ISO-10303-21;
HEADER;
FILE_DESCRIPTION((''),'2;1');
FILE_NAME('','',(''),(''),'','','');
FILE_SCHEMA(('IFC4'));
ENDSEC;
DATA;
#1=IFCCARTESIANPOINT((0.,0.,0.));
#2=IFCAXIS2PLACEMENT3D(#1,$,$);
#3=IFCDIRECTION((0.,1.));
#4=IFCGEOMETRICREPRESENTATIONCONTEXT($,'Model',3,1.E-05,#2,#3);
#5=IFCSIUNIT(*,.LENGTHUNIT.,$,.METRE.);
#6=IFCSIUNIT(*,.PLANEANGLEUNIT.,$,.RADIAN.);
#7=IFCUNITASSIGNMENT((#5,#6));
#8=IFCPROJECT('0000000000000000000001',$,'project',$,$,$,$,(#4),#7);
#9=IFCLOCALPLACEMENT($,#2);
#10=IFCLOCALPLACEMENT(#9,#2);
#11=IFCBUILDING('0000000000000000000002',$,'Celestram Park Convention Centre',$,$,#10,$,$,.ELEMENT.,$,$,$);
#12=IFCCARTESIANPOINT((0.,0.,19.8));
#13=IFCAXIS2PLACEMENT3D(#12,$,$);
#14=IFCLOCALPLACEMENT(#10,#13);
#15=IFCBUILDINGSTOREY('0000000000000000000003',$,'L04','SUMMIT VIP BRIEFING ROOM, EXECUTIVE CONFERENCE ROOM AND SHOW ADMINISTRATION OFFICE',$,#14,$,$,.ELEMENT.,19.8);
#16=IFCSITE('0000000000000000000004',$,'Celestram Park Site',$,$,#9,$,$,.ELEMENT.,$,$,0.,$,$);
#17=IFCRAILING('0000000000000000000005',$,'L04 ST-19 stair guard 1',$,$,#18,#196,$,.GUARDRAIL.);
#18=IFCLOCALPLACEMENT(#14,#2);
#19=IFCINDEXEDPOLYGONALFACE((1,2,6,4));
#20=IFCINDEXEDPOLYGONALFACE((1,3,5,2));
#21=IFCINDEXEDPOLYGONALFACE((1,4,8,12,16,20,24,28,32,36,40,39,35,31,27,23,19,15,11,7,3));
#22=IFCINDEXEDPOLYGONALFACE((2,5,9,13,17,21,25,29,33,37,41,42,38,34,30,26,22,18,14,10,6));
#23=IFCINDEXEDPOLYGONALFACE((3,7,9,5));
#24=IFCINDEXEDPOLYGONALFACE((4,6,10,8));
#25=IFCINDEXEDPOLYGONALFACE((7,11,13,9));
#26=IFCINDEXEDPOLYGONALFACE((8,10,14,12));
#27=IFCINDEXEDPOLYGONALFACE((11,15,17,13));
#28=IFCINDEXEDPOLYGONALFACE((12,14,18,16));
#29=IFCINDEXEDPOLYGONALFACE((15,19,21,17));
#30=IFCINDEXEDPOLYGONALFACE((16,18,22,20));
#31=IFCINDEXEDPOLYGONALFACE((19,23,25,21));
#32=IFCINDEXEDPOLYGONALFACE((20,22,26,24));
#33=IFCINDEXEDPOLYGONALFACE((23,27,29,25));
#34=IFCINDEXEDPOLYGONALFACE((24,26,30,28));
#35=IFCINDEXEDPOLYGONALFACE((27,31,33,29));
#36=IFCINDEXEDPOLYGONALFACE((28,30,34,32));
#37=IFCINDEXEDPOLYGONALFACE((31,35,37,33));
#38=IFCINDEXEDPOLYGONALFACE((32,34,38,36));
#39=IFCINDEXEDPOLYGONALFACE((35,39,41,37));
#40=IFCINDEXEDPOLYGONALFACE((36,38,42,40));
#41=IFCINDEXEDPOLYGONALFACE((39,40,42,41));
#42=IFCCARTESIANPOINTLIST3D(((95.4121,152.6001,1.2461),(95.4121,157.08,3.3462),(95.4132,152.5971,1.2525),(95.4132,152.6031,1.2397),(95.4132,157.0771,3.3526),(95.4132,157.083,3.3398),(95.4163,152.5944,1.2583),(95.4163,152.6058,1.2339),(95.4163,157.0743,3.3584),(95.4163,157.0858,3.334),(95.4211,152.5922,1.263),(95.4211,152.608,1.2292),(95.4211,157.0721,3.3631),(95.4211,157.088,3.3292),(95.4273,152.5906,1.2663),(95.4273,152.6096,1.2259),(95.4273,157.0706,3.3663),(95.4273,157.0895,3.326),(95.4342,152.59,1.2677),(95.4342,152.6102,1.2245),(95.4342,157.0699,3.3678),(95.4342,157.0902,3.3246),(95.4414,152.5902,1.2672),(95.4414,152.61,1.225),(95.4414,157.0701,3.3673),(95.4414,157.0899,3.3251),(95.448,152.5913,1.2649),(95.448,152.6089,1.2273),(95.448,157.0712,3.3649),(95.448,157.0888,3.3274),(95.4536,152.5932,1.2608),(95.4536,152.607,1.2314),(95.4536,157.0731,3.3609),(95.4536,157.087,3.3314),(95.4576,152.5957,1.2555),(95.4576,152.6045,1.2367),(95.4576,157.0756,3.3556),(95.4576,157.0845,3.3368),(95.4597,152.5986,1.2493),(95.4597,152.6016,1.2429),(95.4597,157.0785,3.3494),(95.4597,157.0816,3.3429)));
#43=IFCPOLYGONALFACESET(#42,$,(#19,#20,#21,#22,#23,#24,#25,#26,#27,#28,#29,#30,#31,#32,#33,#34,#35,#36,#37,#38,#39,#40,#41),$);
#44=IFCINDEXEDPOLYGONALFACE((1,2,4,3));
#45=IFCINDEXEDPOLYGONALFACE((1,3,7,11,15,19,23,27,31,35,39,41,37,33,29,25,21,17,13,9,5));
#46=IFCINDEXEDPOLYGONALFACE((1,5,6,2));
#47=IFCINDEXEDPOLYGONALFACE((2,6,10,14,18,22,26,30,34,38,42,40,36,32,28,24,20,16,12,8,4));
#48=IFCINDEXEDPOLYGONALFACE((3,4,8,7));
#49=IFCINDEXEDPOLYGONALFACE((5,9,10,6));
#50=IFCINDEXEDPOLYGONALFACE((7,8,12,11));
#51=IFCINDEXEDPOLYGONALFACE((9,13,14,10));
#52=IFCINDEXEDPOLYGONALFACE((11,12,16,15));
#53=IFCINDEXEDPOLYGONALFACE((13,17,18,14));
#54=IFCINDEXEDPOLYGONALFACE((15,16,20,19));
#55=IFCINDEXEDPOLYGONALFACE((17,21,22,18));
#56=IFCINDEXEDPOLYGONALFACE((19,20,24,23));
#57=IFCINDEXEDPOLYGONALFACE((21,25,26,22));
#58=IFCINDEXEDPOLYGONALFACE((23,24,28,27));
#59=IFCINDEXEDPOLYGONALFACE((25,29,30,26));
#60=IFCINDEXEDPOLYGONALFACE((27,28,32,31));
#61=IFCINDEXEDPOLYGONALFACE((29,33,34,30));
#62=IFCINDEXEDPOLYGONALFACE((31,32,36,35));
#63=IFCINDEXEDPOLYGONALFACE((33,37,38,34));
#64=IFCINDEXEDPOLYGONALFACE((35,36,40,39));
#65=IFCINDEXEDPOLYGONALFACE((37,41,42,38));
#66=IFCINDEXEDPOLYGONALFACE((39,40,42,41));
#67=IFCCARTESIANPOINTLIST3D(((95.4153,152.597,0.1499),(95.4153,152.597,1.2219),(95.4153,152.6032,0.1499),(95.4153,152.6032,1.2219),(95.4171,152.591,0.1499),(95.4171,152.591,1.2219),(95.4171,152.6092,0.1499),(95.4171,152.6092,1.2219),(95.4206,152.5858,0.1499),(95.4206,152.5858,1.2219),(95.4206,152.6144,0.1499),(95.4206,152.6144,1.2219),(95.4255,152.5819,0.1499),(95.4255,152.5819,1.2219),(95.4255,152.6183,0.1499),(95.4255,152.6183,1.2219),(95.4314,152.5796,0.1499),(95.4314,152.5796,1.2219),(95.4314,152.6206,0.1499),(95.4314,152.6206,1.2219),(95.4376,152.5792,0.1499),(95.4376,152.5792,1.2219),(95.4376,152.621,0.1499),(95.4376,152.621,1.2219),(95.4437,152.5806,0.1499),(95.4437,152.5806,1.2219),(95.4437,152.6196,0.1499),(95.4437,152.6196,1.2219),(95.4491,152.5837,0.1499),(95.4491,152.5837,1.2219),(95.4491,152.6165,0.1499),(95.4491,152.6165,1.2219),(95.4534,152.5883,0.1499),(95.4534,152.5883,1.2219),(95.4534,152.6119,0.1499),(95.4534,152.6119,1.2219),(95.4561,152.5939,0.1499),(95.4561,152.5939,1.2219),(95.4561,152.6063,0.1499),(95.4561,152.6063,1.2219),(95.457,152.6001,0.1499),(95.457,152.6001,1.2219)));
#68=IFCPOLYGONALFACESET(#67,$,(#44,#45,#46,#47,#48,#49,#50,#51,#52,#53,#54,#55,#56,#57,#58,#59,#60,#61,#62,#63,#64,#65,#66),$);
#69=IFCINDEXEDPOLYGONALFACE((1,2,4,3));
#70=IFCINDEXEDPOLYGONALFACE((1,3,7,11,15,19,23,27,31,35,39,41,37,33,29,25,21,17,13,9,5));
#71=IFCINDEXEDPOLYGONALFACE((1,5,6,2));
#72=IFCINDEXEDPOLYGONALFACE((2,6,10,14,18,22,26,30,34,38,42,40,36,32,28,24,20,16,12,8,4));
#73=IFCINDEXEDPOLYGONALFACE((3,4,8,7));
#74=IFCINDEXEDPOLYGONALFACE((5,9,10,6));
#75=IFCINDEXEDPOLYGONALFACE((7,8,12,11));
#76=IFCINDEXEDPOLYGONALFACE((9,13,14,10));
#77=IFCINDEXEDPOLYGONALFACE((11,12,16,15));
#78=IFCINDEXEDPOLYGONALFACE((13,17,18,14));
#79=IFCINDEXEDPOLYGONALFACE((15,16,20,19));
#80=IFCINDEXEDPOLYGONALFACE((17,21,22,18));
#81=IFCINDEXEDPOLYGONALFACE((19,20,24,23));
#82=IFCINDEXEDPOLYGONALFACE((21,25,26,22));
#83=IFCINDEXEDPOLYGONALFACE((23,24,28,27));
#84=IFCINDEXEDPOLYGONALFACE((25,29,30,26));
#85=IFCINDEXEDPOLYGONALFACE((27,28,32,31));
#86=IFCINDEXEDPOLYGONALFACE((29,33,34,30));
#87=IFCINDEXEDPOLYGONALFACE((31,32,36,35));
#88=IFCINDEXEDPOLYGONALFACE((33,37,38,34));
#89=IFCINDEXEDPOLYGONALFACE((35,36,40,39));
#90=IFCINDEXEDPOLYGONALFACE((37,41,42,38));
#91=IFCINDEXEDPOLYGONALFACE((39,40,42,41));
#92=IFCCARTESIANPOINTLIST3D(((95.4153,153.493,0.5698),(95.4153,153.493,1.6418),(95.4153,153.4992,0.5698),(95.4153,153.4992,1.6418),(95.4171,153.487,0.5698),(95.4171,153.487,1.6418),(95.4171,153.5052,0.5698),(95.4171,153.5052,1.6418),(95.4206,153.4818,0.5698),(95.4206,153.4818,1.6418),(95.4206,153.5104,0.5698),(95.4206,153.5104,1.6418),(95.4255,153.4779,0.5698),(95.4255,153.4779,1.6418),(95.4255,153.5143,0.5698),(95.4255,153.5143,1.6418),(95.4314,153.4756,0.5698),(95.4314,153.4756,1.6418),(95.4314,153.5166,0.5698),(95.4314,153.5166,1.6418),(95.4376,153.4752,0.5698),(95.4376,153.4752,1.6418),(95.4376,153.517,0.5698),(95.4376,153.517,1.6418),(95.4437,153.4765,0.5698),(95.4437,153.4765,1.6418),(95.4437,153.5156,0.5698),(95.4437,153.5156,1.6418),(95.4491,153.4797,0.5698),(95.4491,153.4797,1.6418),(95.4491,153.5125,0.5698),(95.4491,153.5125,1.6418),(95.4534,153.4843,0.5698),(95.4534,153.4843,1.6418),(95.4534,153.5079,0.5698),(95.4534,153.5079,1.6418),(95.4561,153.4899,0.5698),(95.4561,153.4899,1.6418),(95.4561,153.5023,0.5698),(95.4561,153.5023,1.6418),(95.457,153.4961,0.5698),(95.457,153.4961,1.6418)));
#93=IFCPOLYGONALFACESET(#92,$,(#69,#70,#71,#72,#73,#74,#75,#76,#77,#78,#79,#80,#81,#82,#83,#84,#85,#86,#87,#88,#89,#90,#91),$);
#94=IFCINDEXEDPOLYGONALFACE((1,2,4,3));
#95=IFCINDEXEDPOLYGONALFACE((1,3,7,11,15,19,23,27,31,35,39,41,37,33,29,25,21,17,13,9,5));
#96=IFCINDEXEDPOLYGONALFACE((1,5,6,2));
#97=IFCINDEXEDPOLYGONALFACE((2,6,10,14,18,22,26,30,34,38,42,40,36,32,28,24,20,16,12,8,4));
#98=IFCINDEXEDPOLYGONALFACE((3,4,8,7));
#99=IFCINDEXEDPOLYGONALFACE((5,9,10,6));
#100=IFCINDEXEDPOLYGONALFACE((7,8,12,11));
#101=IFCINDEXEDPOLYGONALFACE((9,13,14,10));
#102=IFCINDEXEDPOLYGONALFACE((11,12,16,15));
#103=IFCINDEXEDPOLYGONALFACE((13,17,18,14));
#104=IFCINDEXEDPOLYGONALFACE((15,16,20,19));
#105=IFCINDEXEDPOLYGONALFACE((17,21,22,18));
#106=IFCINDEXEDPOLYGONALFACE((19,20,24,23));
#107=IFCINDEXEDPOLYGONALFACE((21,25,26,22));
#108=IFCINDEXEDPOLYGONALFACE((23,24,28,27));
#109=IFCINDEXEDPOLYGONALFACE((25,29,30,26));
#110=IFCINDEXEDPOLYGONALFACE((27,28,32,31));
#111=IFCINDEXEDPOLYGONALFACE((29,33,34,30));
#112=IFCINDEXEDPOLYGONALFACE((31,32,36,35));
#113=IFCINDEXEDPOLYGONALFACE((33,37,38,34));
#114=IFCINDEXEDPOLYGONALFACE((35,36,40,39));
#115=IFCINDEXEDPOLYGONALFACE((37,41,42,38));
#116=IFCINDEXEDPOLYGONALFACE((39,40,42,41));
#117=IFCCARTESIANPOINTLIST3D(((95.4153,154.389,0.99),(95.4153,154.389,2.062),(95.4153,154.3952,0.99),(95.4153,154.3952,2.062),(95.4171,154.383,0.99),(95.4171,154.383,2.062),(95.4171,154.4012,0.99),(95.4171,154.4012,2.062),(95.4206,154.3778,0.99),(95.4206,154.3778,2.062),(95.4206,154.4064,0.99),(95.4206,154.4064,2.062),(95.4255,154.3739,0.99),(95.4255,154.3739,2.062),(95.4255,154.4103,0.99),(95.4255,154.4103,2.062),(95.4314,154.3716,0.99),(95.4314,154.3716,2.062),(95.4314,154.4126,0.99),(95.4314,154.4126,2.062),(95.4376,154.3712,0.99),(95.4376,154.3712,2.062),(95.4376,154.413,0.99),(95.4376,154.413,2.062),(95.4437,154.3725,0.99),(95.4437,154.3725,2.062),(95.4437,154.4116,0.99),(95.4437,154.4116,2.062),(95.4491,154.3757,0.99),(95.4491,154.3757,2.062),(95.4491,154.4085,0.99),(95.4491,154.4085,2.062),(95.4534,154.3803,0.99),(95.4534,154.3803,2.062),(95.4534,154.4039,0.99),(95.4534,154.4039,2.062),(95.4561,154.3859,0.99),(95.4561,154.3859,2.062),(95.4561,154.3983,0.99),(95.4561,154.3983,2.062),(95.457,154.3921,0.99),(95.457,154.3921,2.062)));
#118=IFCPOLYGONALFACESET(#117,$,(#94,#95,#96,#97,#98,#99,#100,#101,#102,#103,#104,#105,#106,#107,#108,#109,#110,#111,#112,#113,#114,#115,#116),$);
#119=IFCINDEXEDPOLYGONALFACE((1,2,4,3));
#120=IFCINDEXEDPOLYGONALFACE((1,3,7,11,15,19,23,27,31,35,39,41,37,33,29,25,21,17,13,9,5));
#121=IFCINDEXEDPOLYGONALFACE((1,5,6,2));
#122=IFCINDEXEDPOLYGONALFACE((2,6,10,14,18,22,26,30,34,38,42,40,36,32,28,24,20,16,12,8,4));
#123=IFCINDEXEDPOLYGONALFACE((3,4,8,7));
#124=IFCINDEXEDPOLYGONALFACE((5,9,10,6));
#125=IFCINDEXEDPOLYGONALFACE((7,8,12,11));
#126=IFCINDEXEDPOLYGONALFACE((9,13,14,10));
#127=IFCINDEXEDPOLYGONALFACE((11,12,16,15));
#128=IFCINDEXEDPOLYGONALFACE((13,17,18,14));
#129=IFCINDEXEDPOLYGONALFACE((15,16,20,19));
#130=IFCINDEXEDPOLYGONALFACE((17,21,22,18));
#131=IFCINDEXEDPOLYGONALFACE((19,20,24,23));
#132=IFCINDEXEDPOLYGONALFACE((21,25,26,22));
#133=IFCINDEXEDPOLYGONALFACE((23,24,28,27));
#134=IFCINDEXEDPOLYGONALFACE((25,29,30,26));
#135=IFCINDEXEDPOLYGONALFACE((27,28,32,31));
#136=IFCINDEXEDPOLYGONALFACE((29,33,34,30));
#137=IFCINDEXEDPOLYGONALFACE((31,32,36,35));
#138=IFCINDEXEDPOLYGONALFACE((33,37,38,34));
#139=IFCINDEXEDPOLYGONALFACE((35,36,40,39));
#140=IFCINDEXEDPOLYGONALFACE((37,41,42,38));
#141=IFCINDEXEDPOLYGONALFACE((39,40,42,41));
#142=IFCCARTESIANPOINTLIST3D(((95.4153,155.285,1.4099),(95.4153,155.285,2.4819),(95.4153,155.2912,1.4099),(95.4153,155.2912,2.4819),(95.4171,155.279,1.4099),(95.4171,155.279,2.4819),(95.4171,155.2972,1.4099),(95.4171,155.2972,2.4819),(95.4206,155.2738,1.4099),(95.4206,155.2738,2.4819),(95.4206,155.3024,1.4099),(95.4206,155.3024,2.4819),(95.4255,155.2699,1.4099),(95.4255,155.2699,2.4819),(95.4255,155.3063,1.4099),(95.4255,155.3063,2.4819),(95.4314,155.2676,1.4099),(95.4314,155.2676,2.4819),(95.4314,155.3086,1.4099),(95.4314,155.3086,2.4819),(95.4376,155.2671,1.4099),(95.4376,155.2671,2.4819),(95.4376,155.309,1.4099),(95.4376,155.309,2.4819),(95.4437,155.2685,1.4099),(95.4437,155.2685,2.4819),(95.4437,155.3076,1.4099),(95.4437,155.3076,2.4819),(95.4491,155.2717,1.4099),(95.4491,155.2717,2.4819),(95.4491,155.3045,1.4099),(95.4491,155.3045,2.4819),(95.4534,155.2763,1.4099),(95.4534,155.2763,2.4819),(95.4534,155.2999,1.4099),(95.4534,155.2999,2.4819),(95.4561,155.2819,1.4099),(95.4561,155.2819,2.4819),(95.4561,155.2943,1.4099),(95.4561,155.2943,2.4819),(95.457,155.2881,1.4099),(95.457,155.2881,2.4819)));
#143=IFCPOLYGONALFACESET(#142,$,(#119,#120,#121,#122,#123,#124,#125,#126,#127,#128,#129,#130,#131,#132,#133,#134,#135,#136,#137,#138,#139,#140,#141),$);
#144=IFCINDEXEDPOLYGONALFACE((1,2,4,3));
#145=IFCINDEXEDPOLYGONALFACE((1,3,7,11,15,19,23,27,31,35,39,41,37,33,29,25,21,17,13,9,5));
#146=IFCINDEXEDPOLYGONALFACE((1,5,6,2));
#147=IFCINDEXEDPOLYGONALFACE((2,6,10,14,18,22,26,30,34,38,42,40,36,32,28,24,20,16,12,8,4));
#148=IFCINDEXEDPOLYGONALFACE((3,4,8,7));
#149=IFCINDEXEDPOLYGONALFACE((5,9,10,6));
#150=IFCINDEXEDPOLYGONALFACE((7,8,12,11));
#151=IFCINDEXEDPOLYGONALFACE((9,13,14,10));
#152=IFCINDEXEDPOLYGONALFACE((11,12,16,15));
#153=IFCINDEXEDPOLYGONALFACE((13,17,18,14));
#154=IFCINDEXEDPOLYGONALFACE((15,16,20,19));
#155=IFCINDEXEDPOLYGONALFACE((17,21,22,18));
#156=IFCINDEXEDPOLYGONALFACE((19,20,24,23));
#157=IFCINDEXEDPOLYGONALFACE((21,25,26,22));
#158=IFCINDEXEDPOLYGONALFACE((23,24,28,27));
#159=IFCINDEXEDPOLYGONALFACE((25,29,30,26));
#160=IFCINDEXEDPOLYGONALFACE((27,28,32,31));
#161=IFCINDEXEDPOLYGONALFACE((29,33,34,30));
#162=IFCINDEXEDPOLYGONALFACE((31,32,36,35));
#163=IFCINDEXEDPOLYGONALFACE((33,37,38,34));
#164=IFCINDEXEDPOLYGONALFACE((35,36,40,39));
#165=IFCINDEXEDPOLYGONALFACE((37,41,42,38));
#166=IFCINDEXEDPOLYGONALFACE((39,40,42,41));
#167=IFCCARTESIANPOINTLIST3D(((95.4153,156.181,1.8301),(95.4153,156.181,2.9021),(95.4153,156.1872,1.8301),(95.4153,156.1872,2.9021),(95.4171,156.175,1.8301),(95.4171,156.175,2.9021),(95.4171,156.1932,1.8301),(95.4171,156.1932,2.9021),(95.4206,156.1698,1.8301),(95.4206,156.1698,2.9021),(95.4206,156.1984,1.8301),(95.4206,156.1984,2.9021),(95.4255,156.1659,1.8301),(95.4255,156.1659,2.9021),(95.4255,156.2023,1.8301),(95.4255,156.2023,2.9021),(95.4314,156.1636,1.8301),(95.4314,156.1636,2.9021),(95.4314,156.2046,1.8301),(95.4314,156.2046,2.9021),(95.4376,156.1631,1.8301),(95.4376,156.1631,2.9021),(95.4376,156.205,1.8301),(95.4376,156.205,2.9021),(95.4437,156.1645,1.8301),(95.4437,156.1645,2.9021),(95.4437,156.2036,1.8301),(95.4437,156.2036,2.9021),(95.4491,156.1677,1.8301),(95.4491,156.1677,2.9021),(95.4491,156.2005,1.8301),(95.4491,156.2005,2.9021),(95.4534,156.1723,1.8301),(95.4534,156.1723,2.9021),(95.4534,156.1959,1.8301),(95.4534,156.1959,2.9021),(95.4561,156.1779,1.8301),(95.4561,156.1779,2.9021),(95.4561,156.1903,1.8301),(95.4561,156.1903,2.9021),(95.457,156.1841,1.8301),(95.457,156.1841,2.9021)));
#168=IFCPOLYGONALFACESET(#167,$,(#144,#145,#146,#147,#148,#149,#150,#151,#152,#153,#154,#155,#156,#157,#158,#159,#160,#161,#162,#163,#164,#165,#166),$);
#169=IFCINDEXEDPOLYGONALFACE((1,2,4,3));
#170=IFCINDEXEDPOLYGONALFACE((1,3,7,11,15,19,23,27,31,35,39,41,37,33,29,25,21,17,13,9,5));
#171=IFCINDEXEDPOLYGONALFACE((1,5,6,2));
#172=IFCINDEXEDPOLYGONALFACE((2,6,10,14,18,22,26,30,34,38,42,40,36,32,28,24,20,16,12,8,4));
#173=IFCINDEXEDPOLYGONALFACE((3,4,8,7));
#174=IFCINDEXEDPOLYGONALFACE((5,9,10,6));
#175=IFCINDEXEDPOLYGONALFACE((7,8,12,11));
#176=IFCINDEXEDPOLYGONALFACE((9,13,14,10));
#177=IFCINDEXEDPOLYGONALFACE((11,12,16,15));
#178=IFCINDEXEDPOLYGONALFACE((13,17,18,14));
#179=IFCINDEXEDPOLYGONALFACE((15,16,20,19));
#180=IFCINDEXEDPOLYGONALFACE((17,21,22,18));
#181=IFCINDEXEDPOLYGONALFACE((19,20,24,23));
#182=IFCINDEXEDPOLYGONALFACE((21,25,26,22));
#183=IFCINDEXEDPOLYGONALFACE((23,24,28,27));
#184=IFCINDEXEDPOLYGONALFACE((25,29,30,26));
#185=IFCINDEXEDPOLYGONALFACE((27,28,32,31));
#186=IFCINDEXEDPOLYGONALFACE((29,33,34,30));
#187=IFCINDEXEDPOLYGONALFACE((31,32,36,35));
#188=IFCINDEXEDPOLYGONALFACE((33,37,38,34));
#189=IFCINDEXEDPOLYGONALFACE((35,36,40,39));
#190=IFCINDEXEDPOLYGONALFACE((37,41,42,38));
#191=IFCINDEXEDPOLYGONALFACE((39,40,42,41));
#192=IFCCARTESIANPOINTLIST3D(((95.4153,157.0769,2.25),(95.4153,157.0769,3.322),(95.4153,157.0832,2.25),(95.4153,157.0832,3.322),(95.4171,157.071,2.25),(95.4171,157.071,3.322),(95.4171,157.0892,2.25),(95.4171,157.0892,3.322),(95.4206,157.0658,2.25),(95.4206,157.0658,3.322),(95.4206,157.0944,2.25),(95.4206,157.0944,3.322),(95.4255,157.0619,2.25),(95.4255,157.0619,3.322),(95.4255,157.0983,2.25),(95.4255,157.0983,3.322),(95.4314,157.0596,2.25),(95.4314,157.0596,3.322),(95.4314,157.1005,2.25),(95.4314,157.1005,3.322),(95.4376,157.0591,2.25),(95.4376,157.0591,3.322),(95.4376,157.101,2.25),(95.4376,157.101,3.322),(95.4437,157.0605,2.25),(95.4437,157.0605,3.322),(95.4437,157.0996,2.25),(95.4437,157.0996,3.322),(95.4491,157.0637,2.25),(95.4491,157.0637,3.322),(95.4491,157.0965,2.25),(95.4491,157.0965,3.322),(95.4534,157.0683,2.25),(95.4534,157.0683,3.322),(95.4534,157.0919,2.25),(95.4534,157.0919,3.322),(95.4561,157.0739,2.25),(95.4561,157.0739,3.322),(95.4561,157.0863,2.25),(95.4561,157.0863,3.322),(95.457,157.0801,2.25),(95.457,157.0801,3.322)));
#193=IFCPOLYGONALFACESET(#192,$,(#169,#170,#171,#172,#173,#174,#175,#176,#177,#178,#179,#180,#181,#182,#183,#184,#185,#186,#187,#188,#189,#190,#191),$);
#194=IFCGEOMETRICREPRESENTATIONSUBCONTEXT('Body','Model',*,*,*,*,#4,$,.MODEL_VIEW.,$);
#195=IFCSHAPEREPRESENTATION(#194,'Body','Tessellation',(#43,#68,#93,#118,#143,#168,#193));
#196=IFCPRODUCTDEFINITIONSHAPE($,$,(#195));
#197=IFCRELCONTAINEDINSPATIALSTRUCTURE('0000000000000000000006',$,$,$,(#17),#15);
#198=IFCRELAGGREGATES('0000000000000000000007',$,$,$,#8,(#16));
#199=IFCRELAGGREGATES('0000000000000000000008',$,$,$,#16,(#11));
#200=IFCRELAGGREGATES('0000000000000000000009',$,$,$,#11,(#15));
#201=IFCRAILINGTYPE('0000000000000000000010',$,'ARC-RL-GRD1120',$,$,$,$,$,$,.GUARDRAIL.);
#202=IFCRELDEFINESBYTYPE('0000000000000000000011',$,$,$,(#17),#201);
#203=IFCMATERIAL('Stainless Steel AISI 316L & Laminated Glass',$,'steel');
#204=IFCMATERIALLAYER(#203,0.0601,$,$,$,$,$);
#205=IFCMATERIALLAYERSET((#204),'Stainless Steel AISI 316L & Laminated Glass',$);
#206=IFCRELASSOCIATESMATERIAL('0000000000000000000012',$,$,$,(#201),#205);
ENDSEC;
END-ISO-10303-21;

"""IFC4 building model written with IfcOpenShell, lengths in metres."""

from ifc_helpers import new_model, si_unit, direction, frame, origin, origin_2d, place, context, subcontext, project, spatial, circle, extrude, material, layer, layer_set, type_object, element, save


model = new_model("IFC4")

# Units and contexts
model_context = context("Model", 3, precision=1e-05, world=origin(), true_north=direction((0.0, 1.0)))
body_context = subcontext(model_context, "Body", "Model", "MODEL_VIEW")
ifc_project = project(units=[si_unit("LENGTHUNIT", "METRE"), si_unit("PLANEANGLEUNIT", "RADIAN")], contexts=[model_context])

# Site, building, storey
site_placement = place(None, origin())
site = spatial("IfcSite", under=ifc_project, at=site_placement, Name="Celestram Park Site", CompositionType="ELEMENT", RefElevation=0.0)
building_placement = place(site_placement, origin())
building = spatial("IfcBuilding", under=site, at=building_placement, Name="Celestram Park Convention Centre", CompositionType="ELEMENT")
storey_placement = place(building_placement, frame((0.0, 0.0, 19.8)))
storey = spatial("IfcBuildingStorey", under=building, at=storey_placement, Name="L04", Description="SUMMIT VIP BRIEFING ROOM, EXECUTIVE CONFERENCE ROOM AND SHOW ADMINISTRATION OFFICE", CompositionType="ELEMENT", Elevation=19.8)

# Railing
ifc_material_1 = material(Name="Stainless Steel AISI 316L & Laminated Glass", Category="steel")
ifc_layer_1 = layer(ifc_material_1, 0.0601)
ifc_layer_set_1 = layer_set([ifc_layer_1], Name="Stainless Steel AISI 316L & Laminated Glass")
railing_type_1 = type_object("IfcRailingType", Name="ARC-RL-GRD1120", PredefinedType="GUARDRAIL", material=ifc_layer_set_1)
railing_1_placement = place(storey_placement, frame((95.436, 152.6001, 0.1499)))
element("IfcRailing", 1, at=railing_1_placement, inside=storey, type_object=railing_type_1, Name="L04 ST-19 stair guard 1", PredefinedType="GUARDRAIL", context=body_context, shape_type="SweptSolid", body=[
    extrude(circle(Radius=0.0239, at=origin_2d()), frame((0.0, 0.0, 1.0962), z_axis=(0.0, 0.905451, 0.424452), x_axis=(-1.0, 0.0, 0.0)), (0.0, 0.0, 1.0), 4.9478),
    extrude(circle(Radius=0.021, at=origin_2d()), origin(), (0.0, 0.0, 1.0), 1.072),
    extrude(circle(Radius=0.021, at=origin_2d()), frame((0.0, 0.896, 0.4199)), (0.0, 0.0, 1.0), 1.072),
    extrude(circle(Radius=0.021, at=origin_2d()), frame((0.0, 1.792, 0.8401)), (0.0, 0.0, 1.0), 1.072),
    extrude(circle(Radius=0.021, at=origin_2d()), frame((0.0, 2.688, 1.26)), (0.0, 0.0, 1.0), 1.072),
    extrude(circle(Radius=0.021, at=origin_2d()), frame((0.0, 3.584, 1.6802)), (0.0, 0.0, 1.0), 1.072),
    extrude(circle(Radius=0.021, at=origin_2d()), frame((0.0, 4.48, 2.1001)), (0.0, 0.0, 1.0), 1.072),
])

save(model, "model.ifc")
